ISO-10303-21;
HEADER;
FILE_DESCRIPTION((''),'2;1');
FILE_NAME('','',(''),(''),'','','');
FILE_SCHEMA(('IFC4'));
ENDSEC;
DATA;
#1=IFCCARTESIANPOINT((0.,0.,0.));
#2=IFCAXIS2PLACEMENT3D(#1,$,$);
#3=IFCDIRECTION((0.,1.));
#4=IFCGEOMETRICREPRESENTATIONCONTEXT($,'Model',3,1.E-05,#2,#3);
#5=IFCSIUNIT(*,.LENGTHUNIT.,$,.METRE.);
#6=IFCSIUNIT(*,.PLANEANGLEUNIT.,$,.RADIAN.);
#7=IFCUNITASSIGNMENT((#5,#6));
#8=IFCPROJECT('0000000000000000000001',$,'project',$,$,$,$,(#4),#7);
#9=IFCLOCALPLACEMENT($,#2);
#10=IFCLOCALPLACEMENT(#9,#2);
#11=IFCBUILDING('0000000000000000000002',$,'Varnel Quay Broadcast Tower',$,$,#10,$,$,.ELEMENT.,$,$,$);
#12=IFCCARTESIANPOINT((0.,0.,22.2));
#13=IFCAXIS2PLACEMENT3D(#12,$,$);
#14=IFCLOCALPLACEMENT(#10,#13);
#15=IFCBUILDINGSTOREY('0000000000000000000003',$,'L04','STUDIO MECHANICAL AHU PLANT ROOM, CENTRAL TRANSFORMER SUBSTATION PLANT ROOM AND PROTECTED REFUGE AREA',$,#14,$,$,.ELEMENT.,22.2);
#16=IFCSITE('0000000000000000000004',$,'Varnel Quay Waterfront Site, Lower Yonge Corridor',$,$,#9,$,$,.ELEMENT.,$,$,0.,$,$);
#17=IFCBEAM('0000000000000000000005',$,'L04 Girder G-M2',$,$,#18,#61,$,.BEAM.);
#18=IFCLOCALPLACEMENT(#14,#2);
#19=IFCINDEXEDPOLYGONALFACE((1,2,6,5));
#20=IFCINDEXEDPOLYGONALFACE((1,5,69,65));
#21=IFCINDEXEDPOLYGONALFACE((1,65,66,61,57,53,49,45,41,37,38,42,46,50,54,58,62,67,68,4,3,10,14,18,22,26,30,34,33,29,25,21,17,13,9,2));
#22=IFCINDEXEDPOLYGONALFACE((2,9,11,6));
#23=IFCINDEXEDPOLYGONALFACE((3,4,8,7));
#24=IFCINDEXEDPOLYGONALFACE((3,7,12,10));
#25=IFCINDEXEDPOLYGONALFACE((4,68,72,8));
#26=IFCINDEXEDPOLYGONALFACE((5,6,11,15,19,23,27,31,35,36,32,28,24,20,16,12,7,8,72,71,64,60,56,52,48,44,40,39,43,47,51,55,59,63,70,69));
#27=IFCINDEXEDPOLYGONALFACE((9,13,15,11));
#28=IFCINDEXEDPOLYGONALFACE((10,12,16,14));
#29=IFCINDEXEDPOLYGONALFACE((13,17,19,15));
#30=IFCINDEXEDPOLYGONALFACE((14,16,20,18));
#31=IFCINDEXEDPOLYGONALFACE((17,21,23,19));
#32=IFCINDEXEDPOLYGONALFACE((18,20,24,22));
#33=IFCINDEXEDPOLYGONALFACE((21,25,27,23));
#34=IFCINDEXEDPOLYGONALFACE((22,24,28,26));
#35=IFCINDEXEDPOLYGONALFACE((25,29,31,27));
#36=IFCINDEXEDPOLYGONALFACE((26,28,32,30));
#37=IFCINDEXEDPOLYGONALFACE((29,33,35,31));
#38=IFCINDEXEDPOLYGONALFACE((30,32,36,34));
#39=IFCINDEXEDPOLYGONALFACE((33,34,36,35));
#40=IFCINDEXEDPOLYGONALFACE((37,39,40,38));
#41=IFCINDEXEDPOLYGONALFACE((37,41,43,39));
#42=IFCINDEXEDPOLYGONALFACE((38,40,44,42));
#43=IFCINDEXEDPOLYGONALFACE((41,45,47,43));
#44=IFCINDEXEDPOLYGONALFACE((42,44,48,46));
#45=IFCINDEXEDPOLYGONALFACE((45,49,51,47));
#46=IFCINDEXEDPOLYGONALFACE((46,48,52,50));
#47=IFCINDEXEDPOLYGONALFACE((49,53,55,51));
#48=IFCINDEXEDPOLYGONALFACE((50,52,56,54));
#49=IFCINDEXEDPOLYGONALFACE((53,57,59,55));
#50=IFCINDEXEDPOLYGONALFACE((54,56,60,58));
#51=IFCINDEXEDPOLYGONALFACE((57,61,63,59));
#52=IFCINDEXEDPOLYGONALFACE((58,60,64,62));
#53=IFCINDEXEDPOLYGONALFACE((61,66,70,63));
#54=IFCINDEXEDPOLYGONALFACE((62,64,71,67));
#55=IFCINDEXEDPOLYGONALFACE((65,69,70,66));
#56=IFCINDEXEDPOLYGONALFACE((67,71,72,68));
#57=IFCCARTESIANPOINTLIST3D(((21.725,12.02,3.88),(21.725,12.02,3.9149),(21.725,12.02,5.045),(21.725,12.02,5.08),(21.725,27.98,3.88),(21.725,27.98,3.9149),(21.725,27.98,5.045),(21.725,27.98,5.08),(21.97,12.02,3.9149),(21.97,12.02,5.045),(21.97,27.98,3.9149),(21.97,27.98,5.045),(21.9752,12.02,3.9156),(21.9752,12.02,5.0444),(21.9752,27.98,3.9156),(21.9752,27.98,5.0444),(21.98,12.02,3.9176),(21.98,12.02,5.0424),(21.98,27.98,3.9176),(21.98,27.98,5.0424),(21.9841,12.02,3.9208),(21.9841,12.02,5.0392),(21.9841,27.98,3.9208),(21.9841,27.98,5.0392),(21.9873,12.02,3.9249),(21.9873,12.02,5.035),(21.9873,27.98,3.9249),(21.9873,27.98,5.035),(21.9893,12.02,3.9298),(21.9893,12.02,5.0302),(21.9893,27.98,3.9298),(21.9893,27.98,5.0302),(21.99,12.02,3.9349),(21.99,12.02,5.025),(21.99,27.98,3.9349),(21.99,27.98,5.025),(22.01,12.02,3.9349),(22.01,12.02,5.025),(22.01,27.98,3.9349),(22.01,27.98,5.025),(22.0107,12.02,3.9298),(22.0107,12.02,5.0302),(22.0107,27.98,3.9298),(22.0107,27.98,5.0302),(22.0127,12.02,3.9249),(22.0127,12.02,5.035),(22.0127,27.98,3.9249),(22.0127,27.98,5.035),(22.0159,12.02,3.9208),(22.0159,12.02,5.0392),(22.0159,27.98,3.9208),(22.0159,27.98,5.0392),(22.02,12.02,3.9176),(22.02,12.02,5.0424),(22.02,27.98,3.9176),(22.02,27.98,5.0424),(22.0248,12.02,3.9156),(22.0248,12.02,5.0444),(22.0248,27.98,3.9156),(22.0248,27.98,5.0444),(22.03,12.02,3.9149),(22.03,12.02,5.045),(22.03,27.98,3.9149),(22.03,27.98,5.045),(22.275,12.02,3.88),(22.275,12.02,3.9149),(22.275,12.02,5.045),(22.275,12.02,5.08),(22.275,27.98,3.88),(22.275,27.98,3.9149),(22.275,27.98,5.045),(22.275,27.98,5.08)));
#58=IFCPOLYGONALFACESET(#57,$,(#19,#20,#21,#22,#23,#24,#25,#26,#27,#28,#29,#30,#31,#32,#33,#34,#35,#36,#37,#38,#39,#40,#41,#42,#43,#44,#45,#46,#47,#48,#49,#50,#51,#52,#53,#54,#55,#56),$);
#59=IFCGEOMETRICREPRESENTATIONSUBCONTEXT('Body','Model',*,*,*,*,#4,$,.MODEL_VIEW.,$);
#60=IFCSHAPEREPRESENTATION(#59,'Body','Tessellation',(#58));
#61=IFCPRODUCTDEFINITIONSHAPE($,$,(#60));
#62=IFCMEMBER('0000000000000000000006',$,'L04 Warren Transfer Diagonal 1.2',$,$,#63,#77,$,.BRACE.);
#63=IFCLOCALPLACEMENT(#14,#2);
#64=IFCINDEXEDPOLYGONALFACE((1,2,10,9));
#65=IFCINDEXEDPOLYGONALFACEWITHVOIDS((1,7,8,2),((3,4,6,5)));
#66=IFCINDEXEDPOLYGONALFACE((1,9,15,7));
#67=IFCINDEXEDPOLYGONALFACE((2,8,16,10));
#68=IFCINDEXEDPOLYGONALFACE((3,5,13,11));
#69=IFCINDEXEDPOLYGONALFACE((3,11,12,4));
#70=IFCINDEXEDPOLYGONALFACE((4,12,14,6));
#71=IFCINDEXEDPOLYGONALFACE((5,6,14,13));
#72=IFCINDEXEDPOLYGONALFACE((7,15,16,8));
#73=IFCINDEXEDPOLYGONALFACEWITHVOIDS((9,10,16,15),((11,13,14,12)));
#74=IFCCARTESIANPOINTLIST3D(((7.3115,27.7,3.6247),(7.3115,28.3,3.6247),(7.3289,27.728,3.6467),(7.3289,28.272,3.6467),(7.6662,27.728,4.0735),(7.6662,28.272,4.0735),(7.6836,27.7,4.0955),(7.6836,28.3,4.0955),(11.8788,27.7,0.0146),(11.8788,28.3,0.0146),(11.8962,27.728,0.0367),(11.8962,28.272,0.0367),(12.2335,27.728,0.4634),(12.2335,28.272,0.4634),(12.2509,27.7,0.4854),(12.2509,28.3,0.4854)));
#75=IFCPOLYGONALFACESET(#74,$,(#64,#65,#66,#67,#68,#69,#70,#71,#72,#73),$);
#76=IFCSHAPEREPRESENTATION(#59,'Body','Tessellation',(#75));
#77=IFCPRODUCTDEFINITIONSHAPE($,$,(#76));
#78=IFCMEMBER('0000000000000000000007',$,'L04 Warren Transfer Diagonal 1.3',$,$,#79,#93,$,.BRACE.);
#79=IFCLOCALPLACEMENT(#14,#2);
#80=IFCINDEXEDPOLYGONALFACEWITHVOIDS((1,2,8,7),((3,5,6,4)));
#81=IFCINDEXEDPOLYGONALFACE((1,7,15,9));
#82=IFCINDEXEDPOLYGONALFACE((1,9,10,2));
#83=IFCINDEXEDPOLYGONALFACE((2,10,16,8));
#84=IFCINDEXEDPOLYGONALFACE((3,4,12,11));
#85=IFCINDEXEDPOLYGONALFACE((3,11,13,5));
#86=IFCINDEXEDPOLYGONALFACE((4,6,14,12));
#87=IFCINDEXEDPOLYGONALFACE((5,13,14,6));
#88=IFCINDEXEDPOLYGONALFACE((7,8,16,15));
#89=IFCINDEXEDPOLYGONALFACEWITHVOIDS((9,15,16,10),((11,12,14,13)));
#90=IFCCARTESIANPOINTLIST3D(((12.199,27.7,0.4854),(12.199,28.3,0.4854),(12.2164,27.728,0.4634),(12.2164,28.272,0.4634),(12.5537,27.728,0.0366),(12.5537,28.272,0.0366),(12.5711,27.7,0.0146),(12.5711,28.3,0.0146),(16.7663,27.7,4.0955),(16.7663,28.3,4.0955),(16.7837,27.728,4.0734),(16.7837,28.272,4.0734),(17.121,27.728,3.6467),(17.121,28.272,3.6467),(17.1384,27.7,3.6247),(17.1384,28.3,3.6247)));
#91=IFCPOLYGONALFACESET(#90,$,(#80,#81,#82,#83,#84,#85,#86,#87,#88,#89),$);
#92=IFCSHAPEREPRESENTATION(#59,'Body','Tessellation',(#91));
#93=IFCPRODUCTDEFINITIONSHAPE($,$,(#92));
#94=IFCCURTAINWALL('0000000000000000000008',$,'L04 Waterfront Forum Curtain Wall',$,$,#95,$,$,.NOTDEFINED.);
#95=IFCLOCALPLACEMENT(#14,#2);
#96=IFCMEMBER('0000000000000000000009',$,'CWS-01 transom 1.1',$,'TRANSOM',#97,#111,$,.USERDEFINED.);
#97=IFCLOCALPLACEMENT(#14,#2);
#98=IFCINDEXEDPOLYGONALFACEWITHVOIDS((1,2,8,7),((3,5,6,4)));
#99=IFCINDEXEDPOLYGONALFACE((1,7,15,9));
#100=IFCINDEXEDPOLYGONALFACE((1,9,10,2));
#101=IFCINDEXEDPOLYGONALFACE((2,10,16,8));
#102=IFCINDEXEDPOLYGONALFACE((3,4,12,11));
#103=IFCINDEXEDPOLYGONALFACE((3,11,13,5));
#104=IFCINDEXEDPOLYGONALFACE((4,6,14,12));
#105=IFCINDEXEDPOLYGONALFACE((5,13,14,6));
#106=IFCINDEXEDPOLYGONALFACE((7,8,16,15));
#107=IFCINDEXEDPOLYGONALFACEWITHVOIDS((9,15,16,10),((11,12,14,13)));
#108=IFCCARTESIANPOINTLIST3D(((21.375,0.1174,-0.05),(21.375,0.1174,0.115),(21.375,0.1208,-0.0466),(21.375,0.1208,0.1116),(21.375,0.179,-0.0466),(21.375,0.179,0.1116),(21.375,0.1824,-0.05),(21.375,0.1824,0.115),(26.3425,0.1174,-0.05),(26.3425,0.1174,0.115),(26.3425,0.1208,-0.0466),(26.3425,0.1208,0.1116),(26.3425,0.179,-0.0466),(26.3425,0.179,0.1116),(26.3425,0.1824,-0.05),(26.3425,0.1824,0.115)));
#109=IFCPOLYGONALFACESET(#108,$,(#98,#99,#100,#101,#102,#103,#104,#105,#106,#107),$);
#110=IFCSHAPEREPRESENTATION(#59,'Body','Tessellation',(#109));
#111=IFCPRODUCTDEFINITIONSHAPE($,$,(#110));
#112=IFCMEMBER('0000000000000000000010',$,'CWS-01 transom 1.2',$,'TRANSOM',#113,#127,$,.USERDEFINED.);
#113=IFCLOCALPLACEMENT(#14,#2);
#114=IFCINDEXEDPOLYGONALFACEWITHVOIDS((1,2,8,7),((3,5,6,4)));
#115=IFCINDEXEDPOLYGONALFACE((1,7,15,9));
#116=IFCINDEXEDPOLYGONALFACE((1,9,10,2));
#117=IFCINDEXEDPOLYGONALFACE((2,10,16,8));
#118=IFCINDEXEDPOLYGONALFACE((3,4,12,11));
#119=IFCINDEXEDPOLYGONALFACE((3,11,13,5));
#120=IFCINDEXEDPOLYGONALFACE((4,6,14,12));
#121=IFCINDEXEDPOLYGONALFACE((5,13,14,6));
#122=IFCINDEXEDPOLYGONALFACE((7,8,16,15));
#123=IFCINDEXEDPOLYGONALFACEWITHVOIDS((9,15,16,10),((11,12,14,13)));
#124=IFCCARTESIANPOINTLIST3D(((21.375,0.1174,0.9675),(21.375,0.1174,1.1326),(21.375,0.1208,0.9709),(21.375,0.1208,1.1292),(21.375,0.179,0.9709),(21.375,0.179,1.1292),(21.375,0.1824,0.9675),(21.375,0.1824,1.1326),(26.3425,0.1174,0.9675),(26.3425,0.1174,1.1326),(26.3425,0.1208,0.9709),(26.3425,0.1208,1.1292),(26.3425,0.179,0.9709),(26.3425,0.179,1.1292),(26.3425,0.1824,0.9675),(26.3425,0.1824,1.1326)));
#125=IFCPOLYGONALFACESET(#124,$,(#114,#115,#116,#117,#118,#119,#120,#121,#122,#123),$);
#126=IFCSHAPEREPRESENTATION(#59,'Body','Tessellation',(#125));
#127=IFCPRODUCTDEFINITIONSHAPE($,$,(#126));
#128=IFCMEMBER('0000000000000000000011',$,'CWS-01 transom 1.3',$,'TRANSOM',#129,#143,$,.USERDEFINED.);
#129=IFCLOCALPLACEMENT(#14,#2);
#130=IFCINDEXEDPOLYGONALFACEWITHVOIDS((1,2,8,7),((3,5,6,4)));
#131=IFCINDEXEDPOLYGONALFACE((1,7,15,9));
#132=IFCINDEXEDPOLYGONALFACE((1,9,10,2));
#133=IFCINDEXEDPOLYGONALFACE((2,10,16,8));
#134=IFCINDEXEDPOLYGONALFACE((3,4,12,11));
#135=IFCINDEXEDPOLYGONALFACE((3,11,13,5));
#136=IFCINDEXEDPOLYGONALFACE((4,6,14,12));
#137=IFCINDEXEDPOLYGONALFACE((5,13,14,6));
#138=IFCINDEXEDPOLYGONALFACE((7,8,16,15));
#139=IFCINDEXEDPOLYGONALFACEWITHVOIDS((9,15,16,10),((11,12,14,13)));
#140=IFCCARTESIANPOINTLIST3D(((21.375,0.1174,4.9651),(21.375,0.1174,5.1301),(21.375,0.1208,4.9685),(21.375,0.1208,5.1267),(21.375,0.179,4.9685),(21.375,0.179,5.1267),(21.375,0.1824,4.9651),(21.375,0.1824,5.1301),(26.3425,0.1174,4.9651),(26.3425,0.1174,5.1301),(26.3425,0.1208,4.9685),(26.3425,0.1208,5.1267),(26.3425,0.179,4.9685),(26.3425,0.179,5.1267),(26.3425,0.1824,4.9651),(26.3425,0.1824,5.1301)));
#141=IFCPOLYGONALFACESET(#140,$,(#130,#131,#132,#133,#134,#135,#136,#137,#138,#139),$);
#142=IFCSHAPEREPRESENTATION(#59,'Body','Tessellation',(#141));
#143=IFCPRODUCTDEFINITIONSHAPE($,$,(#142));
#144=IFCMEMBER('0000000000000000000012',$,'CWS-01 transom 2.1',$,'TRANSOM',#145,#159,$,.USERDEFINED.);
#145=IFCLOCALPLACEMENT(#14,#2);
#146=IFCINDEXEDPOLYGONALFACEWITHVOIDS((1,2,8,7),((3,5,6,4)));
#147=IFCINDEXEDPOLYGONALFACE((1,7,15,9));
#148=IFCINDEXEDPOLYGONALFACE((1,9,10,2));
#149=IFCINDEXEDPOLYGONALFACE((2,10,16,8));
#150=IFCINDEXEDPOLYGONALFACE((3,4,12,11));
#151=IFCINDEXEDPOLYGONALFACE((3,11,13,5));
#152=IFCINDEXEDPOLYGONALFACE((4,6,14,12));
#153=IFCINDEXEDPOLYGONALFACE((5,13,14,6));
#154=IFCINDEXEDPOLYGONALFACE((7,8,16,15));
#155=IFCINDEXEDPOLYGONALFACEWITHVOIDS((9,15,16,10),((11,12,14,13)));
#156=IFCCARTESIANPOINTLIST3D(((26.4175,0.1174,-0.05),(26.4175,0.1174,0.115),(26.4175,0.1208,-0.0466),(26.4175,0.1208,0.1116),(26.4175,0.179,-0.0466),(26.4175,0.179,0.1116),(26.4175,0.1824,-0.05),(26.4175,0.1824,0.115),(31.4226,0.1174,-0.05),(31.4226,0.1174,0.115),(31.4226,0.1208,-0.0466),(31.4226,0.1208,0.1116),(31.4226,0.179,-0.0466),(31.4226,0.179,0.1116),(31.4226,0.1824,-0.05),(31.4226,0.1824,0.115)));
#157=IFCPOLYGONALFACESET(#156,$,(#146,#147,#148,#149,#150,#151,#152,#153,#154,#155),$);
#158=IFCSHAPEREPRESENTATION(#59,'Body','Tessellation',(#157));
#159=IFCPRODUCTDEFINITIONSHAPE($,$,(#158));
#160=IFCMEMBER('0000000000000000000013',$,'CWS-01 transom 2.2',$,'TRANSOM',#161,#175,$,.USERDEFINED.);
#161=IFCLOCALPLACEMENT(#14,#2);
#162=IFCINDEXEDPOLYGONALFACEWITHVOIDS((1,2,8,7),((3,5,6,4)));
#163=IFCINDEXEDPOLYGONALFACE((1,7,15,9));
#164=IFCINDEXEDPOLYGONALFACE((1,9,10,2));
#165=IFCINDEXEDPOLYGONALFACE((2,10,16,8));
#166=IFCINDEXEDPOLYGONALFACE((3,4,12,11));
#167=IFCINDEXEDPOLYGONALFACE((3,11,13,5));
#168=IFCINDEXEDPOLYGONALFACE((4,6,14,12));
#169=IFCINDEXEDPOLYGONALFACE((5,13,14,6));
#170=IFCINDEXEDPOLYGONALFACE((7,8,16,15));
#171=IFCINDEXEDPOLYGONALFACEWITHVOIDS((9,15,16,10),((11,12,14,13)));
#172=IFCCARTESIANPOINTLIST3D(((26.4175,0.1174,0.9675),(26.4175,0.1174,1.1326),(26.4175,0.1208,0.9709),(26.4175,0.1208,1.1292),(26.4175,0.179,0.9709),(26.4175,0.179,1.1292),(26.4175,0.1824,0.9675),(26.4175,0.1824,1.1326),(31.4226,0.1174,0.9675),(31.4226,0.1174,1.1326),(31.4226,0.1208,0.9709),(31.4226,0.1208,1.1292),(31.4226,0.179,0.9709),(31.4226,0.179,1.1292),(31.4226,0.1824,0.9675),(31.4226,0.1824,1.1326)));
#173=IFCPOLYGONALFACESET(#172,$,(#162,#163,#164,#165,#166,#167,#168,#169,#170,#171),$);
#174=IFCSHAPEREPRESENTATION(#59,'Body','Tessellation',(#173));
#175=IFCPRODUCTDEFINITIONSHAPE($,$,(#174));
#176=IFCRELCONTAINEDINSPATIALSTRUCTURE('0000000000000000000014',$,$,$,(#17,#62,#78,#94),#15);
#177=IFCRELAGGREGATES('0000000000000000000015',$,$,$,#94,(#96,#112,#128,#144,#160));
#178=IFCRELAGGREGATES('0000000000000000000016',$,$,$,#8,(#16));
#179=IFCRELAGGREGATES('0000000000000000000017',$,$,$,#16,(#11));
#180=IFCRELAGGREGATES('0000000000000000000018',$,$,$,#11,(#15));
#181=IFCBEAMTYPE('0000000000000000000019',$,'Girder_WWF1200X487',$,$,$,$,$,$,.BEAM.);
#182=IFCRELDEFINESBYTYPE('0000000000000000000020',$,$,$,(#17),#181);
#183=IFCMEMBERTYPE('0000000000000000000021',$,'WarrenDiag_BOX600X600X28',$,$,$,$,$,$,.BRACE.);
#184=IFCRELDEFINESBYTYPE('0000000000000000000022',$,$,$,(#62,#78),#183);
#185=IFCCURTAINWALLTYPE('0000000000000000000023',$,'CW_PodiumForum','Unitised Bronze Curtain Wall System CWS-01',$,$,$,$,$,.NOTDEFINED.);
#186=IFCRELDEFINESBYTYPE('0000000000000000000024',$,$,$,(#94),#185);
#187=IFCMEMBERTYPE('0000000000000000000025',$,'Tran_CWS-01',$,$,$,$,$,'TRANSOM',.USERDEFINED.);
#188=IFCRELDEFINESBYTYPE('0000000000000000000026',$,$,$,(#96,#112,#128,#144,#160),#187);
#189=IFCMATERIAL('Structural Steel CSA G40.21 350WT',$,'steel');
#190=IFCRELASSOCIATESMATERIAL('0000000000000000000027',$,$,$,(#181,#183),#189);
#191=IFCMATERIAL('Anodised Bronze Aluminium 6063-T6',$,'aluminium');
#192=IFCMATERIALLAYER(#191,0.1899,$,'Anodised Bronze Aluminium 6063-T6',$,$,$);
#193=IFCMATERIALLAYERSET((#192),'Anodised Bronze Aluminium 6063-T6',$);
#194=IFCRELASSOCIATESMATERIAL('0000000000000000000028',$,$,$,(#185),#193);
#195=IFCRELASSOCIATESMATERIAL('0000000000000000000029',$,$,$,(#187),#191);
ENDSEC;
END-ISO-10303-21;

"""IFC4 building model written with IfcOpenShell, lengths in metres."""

from ifc_helpers import new_model, si_unit, direction, frame, origin, origin_2d, place, context, subcontext, project, spatial, hollow_rectangle, i_section, extrude, source, transform, mapped, material, layer, layer_set, material_profile, profile_set, type_object, type_shapes, element, aggregate, save


model = new_model("IFC4")

# Units and contexts
model_context = context("Model", 3, precision=1e-05, world=origin(), true_north=direction((0.0, 1.0)))
body_context = subcontext(model_context, "Body", "Model", "MODEL_VIEW")
ifc_project = project(units=[si_unit("LENGTHUNIT", "METRE"), si_unit("PLANEANGLEUNIT", "RADIAN")], contexts=[model_context])

# Site, building, storey
site_placement = place(None, origin())
site = spatial("IfcSite", under=ifc_project, at=site_placement, Name="Varnel Quay Waterfront Site, Lower Yonge Corridor", CompositionType="ELEMENT", RefElevation=0.0)
building_placement = place(site_placement, origin())
building = spatial("IfcBuilding", under=site, at=building_placement, Name="Varnel Quay Broadcast Tower", CompositionType="ELEMENT")
storey_placement = place(building_placement, frame((0.0, 0.0, 22.2)))
storey = spatial("IfcBuildingStorey", under=building, at=storey_placement, Name="L04", Description="STUDIO MECHANICAL AHU PLANT ROOM, CENTRAL TRANSFORMER SUBSTATION PLANT ROOM AND PROTECTED REFUGE AREA", CompositionType="ELEMENT", Elevation=22.2)

# Beam
ifc_material_1 = material(Name="Structural Steel CSA G40.21 350WT", Category="steel")
ifc_material_profile_1 = material_profile(ifc_material_1, i_section(OverallWidth=0.55, OverallDepth=1.2, WebThickness=0.02, FlangeThickness=0.0349, FilletRadius=0.02, at=origin_2d()), Name="WWF1200X487")
ifc_profile_set_1 = profile_set([ifc_material_profile_1], Name="Structural Steel CSA G40.21 350WT")
beam_type_1 = type_object("IfcBeamType", Name="Girder_WWF1200X487", PredefinedType="BEAM", material=ifc_profile_set_1)
shared_shape_1 = source(origin(), body_context, "Body", "SweptSolid", [
    extrude(i_section(OverallWidth=0.55, OverallDepth=1.2, WebThickness=0.02, FlangeThickness=0.0349, FilletRadius=0.02, at=origin_2d()), origin(), (0.0, 0.0, 1.0), 15.96),
])
type_shapes(beam_type_1, [shared_shape_1])
beam_1_placement = place(storey_placement, frame((22.0, 12.02, 4.48), z_axis=(0.0, 1.0, 0.0), x_axis=(-1.0, 0.0, 0.0)))
element("IfcBeam", 1, at=beam_1_placement, inside=storey, type_object=beam_type_1, Name="L04 Girder G-M2", PredefinedType="BEAM", context=body_context, shape_type="MappedRepresentation", body=[
    mapped(shared_shape_1, transform((0.0, 0.0, 0.0), x_axis=(1.0, 0.0, 0.0), y_axis=(0.0, 1.0, 0.0), z_axis=(0.0, 0.0, 1.0), scale=1.0)),
])

# Members
ifc_material_profile_2 = material_profile(ifc_material_1, hollow_rectangle(XDim=0.6001, YDim=0.6001, WallThickness=0.0281, at=origin_2d()), Name="BOX600X600X28")
ifc_profile_set_2 = profile_set([ifc_material_profile_2], Name="Structural Steel CSA G40.21 350WT")
member_type_1 = type_object("IfcMemberType", Name="WarrenDiag_BOX600X600X28", PredefinedType="BRACE", material=ifc_profile_set_2)
shared_shape_2 = source(origin(), body_context, "Body", "SweptSolid", [
    extrude(hollow_rectangle(XDim=0.6001, YDim=0.6001, WallThickness=0.0281, at=origin_2d()), origin(), (0.0, 0.0, 1.0), 5.8218),
])
type_shapes(member_type_1, [shared_shape_2])
for number, where, z_axis, x_axis, name in (
    (2, (7.4976, 28.0, 3.8601), (0.784525, 0.0, -0.620097), (0.0, 1.0, 0.0), "L04 Warren Transfer Diagonal 1.2"),
    (3, (12.385, 28.0, 0.25), (0.784525, 0.0, 0.620097), (0.0, 1.0, 0.0), "L04 Warren Transfer Diagonal 1.3"),
):
    element("IfcMember", number, at=place(storey_placement, frame(where, z_axis=z_axis, x_axis=x_axis)), inside=storey, type_object=member_type_1, Name=name, PredefinedType="BRACE", context=body_context, shape_type="MappedRepresentation", body=[
        mapped(shared_shape_2, transform((0.0, 0.0, 0.0), x_axis=(1.0, 0.0, 0.0), y_axis=(0.0, 1.0, 0.0), z_axis=(0.0, 0.0, 1.0), scale=1.0)),
    ])

# Curtain wall, members
ifc_material_2 = material(Name="Anodised Bronze Aluminium 6063-T6", Category="aluminium")
ifc_layer_1 = layer(ifc_material_2, 0.1899, Name="Anodised Bronze Aluminium 6063-T6")
ifc_layer_set_1 = layer_set([ifc_layer_1], Name="Anodised Bronze Aluminium 6063-T6")
curtain_wall_type = type_object("IfcCurtainWallType", Name="CW_PodiumForum", Description="Unitised Bronze Curtain Wall System CWS-01", PredefinedType="NOTDEFINED", material=ifc_layer_set_1)
curtain_wall_placement = place(storey_placement, origin())
curtain_wall = element("IfcCurtainWall", 4, at=curtain_wall_placement, inside=storey, type_object=curtain_wall_type, Name="L04 Waterfront Forum Curtain Wall", PredefinedType="NOTDEFINED")
ifc_material_profile_3 = material_profile(ifc_material_2, hollow_rectangle(XDim=0.0649, YDim=0.165, WallThickness=0.0034, at=origin_2d()), Name="ALU65X165X3.5")
ifc_profile_set_3 = profile_set([ifc_material_profile_3], Name="Anodised Bronze Aluminium 6063-T6")
member_type_2 = type_object("IfcMemberType", Name="Tran_CWS-01", ElementType="TRANSOM", PredefinedType="USERDEFINED", material=ifc_profile_set_3)
shared_shape_3 = source(origin(), body_context, "Body", "SweptSolid", [
    extrude(hollow_rectangle(XDim=0.0649, YDim=0.165, WallThickness=0.0034, at=origin_2d()), origin(), (0.0, 0.0, 1.0), 4.9675),
])
member_1_placement = place(storey_placement, frame((21.375, 0.1499, 0.0325), z_axis=(1.0, 0.0, 0.0), x_axis=(0.0, 1.0, 0.0)))
member_1 = element("IfcMember", 5, at=member_1_placement, type_object=member_type_2, Name="CWS-01 transom 1.1", ObjectType="TRANSOM", PredefinedType="USERDEFINED", context=body_context, shape_type="MappedRepresentation", body=[
    mapped(shared_shape_3, transform((0.0, 0.0, 0.0), x_axis=(1.0, 0.0, 0.0), y_axis=(0.0, 1.0, 0.0), z_axis=(0.0, 0.0, 1.0), scale=1.0)),
])
member_2_placement = place(storey_placement, frame((21.375, 0.1499, 1.05), z_axis=(1.0, 0.0, 0.0), x_axis=(0.0, 1.0, 0.0)))
member_2 = element("IfcMember", 6, at=member_2_placement, type_object=member_type_2, Name="CWS-01 transom 1.2", ObjectType="TRANSOM", PredefinedType="USERDEFINED", context=body_context, shape_type="MappedRepresentation", body=[
    mapped(shared_shape_3, transform((0.0, 0.0, 0.0), x_axis=(1.0, 0.0, 0.0), y_axis=(0.0, 1.0, 0.0), z_axis=(0.0, 0.0, 1.0), scale=1.0)),
])
member_3_placement = place(storey_placement, frame((21.375, 0.1499, 5.0476), z_axis=(1.0, 0.0, 0.0), x_axis=(0.0, 1.0, 0.0)))
member_3 = element("IfcMember", 7, at=member_3_placement, type_object=member_type_2, Name="CWS-01 transom 1.3", ObjectType="TRANSOM", PredefinedType="USERDEFINED", context=body_context, shape_type="MappedRepresentation", body=[
    mapped(shared_shape_3, transform((0.0, 0.0, 0.0), x_axis=(1.0, 0.0, 0.0), y_axis=(0.0, 1.0, 0.0), z_axis=(0.0, 0.0, 1.0), scale=1.0)),
])
shared_shape_4 = source(origin(), body_context, "Body", "SweptSolid", [
    extrude(hollow_rectangle(XDim=0.0649, YDim=0.165, WallThickness=0.0034, at=origin_2d()), origin(), (0.0, 0.0, 1.0), 5.0051),
])
type_shapes(member_type_2, [shared_shape_3, shared_shape_4])
member_4_placement = place(storey_placement, frame((26.4175, 0.1499, 0.0325), z_axis=(1.0, 0.0, 0.0), x_axis=(0.0, 1.0, 0.0)))
member_4 = element("IfcMember", 8, at=member_4_placement, type_object=member_type_2, Name="CWS-01 transom 2.1", ObjectType="TRANSOM", PredefinedType="USERDEFINED", context=body_context, shape_type="MappedRepresentation", body=[
    mapped(shared_shape_4, transform((0.0, 0.0, 0.0), x_axis=(1.0, 0.0, 0.0), y_axis=(0.0, 1.0, 0.0), z_axis=(0.0, 0.0, 1.0), scale=1.0)),
])
member_5_placement = place(storey_placement, frame((26.4175, 0.1499, 1.05), z_axis=(1.0, 0.0, 0.0), x_axis=(0.0, 1.0, 0.0)))
member_5 = element("IfcMember", 9, at=member_5_placement, type_object=member_type_2, Name="CWS-01 transom 2.2", ObjectType="TRANSOM", PredefinedType="USERDEFINED", context=body_context, shape_type="MappedRepresentation", body=[
    mapped(shared_shape_4, transform((0.0, 0.0, 0.0), x_axis=(1.0, 0.0, 0.0), y_axis=(0.0, 1.0, 0.0), z_axis=(0.0, 0.0, 1.0), scale=1.0)),
])

aggregate(curtain_wall, [member_1, member_2, member_3, member_4, member_5])

save(model, "model.ifc")
